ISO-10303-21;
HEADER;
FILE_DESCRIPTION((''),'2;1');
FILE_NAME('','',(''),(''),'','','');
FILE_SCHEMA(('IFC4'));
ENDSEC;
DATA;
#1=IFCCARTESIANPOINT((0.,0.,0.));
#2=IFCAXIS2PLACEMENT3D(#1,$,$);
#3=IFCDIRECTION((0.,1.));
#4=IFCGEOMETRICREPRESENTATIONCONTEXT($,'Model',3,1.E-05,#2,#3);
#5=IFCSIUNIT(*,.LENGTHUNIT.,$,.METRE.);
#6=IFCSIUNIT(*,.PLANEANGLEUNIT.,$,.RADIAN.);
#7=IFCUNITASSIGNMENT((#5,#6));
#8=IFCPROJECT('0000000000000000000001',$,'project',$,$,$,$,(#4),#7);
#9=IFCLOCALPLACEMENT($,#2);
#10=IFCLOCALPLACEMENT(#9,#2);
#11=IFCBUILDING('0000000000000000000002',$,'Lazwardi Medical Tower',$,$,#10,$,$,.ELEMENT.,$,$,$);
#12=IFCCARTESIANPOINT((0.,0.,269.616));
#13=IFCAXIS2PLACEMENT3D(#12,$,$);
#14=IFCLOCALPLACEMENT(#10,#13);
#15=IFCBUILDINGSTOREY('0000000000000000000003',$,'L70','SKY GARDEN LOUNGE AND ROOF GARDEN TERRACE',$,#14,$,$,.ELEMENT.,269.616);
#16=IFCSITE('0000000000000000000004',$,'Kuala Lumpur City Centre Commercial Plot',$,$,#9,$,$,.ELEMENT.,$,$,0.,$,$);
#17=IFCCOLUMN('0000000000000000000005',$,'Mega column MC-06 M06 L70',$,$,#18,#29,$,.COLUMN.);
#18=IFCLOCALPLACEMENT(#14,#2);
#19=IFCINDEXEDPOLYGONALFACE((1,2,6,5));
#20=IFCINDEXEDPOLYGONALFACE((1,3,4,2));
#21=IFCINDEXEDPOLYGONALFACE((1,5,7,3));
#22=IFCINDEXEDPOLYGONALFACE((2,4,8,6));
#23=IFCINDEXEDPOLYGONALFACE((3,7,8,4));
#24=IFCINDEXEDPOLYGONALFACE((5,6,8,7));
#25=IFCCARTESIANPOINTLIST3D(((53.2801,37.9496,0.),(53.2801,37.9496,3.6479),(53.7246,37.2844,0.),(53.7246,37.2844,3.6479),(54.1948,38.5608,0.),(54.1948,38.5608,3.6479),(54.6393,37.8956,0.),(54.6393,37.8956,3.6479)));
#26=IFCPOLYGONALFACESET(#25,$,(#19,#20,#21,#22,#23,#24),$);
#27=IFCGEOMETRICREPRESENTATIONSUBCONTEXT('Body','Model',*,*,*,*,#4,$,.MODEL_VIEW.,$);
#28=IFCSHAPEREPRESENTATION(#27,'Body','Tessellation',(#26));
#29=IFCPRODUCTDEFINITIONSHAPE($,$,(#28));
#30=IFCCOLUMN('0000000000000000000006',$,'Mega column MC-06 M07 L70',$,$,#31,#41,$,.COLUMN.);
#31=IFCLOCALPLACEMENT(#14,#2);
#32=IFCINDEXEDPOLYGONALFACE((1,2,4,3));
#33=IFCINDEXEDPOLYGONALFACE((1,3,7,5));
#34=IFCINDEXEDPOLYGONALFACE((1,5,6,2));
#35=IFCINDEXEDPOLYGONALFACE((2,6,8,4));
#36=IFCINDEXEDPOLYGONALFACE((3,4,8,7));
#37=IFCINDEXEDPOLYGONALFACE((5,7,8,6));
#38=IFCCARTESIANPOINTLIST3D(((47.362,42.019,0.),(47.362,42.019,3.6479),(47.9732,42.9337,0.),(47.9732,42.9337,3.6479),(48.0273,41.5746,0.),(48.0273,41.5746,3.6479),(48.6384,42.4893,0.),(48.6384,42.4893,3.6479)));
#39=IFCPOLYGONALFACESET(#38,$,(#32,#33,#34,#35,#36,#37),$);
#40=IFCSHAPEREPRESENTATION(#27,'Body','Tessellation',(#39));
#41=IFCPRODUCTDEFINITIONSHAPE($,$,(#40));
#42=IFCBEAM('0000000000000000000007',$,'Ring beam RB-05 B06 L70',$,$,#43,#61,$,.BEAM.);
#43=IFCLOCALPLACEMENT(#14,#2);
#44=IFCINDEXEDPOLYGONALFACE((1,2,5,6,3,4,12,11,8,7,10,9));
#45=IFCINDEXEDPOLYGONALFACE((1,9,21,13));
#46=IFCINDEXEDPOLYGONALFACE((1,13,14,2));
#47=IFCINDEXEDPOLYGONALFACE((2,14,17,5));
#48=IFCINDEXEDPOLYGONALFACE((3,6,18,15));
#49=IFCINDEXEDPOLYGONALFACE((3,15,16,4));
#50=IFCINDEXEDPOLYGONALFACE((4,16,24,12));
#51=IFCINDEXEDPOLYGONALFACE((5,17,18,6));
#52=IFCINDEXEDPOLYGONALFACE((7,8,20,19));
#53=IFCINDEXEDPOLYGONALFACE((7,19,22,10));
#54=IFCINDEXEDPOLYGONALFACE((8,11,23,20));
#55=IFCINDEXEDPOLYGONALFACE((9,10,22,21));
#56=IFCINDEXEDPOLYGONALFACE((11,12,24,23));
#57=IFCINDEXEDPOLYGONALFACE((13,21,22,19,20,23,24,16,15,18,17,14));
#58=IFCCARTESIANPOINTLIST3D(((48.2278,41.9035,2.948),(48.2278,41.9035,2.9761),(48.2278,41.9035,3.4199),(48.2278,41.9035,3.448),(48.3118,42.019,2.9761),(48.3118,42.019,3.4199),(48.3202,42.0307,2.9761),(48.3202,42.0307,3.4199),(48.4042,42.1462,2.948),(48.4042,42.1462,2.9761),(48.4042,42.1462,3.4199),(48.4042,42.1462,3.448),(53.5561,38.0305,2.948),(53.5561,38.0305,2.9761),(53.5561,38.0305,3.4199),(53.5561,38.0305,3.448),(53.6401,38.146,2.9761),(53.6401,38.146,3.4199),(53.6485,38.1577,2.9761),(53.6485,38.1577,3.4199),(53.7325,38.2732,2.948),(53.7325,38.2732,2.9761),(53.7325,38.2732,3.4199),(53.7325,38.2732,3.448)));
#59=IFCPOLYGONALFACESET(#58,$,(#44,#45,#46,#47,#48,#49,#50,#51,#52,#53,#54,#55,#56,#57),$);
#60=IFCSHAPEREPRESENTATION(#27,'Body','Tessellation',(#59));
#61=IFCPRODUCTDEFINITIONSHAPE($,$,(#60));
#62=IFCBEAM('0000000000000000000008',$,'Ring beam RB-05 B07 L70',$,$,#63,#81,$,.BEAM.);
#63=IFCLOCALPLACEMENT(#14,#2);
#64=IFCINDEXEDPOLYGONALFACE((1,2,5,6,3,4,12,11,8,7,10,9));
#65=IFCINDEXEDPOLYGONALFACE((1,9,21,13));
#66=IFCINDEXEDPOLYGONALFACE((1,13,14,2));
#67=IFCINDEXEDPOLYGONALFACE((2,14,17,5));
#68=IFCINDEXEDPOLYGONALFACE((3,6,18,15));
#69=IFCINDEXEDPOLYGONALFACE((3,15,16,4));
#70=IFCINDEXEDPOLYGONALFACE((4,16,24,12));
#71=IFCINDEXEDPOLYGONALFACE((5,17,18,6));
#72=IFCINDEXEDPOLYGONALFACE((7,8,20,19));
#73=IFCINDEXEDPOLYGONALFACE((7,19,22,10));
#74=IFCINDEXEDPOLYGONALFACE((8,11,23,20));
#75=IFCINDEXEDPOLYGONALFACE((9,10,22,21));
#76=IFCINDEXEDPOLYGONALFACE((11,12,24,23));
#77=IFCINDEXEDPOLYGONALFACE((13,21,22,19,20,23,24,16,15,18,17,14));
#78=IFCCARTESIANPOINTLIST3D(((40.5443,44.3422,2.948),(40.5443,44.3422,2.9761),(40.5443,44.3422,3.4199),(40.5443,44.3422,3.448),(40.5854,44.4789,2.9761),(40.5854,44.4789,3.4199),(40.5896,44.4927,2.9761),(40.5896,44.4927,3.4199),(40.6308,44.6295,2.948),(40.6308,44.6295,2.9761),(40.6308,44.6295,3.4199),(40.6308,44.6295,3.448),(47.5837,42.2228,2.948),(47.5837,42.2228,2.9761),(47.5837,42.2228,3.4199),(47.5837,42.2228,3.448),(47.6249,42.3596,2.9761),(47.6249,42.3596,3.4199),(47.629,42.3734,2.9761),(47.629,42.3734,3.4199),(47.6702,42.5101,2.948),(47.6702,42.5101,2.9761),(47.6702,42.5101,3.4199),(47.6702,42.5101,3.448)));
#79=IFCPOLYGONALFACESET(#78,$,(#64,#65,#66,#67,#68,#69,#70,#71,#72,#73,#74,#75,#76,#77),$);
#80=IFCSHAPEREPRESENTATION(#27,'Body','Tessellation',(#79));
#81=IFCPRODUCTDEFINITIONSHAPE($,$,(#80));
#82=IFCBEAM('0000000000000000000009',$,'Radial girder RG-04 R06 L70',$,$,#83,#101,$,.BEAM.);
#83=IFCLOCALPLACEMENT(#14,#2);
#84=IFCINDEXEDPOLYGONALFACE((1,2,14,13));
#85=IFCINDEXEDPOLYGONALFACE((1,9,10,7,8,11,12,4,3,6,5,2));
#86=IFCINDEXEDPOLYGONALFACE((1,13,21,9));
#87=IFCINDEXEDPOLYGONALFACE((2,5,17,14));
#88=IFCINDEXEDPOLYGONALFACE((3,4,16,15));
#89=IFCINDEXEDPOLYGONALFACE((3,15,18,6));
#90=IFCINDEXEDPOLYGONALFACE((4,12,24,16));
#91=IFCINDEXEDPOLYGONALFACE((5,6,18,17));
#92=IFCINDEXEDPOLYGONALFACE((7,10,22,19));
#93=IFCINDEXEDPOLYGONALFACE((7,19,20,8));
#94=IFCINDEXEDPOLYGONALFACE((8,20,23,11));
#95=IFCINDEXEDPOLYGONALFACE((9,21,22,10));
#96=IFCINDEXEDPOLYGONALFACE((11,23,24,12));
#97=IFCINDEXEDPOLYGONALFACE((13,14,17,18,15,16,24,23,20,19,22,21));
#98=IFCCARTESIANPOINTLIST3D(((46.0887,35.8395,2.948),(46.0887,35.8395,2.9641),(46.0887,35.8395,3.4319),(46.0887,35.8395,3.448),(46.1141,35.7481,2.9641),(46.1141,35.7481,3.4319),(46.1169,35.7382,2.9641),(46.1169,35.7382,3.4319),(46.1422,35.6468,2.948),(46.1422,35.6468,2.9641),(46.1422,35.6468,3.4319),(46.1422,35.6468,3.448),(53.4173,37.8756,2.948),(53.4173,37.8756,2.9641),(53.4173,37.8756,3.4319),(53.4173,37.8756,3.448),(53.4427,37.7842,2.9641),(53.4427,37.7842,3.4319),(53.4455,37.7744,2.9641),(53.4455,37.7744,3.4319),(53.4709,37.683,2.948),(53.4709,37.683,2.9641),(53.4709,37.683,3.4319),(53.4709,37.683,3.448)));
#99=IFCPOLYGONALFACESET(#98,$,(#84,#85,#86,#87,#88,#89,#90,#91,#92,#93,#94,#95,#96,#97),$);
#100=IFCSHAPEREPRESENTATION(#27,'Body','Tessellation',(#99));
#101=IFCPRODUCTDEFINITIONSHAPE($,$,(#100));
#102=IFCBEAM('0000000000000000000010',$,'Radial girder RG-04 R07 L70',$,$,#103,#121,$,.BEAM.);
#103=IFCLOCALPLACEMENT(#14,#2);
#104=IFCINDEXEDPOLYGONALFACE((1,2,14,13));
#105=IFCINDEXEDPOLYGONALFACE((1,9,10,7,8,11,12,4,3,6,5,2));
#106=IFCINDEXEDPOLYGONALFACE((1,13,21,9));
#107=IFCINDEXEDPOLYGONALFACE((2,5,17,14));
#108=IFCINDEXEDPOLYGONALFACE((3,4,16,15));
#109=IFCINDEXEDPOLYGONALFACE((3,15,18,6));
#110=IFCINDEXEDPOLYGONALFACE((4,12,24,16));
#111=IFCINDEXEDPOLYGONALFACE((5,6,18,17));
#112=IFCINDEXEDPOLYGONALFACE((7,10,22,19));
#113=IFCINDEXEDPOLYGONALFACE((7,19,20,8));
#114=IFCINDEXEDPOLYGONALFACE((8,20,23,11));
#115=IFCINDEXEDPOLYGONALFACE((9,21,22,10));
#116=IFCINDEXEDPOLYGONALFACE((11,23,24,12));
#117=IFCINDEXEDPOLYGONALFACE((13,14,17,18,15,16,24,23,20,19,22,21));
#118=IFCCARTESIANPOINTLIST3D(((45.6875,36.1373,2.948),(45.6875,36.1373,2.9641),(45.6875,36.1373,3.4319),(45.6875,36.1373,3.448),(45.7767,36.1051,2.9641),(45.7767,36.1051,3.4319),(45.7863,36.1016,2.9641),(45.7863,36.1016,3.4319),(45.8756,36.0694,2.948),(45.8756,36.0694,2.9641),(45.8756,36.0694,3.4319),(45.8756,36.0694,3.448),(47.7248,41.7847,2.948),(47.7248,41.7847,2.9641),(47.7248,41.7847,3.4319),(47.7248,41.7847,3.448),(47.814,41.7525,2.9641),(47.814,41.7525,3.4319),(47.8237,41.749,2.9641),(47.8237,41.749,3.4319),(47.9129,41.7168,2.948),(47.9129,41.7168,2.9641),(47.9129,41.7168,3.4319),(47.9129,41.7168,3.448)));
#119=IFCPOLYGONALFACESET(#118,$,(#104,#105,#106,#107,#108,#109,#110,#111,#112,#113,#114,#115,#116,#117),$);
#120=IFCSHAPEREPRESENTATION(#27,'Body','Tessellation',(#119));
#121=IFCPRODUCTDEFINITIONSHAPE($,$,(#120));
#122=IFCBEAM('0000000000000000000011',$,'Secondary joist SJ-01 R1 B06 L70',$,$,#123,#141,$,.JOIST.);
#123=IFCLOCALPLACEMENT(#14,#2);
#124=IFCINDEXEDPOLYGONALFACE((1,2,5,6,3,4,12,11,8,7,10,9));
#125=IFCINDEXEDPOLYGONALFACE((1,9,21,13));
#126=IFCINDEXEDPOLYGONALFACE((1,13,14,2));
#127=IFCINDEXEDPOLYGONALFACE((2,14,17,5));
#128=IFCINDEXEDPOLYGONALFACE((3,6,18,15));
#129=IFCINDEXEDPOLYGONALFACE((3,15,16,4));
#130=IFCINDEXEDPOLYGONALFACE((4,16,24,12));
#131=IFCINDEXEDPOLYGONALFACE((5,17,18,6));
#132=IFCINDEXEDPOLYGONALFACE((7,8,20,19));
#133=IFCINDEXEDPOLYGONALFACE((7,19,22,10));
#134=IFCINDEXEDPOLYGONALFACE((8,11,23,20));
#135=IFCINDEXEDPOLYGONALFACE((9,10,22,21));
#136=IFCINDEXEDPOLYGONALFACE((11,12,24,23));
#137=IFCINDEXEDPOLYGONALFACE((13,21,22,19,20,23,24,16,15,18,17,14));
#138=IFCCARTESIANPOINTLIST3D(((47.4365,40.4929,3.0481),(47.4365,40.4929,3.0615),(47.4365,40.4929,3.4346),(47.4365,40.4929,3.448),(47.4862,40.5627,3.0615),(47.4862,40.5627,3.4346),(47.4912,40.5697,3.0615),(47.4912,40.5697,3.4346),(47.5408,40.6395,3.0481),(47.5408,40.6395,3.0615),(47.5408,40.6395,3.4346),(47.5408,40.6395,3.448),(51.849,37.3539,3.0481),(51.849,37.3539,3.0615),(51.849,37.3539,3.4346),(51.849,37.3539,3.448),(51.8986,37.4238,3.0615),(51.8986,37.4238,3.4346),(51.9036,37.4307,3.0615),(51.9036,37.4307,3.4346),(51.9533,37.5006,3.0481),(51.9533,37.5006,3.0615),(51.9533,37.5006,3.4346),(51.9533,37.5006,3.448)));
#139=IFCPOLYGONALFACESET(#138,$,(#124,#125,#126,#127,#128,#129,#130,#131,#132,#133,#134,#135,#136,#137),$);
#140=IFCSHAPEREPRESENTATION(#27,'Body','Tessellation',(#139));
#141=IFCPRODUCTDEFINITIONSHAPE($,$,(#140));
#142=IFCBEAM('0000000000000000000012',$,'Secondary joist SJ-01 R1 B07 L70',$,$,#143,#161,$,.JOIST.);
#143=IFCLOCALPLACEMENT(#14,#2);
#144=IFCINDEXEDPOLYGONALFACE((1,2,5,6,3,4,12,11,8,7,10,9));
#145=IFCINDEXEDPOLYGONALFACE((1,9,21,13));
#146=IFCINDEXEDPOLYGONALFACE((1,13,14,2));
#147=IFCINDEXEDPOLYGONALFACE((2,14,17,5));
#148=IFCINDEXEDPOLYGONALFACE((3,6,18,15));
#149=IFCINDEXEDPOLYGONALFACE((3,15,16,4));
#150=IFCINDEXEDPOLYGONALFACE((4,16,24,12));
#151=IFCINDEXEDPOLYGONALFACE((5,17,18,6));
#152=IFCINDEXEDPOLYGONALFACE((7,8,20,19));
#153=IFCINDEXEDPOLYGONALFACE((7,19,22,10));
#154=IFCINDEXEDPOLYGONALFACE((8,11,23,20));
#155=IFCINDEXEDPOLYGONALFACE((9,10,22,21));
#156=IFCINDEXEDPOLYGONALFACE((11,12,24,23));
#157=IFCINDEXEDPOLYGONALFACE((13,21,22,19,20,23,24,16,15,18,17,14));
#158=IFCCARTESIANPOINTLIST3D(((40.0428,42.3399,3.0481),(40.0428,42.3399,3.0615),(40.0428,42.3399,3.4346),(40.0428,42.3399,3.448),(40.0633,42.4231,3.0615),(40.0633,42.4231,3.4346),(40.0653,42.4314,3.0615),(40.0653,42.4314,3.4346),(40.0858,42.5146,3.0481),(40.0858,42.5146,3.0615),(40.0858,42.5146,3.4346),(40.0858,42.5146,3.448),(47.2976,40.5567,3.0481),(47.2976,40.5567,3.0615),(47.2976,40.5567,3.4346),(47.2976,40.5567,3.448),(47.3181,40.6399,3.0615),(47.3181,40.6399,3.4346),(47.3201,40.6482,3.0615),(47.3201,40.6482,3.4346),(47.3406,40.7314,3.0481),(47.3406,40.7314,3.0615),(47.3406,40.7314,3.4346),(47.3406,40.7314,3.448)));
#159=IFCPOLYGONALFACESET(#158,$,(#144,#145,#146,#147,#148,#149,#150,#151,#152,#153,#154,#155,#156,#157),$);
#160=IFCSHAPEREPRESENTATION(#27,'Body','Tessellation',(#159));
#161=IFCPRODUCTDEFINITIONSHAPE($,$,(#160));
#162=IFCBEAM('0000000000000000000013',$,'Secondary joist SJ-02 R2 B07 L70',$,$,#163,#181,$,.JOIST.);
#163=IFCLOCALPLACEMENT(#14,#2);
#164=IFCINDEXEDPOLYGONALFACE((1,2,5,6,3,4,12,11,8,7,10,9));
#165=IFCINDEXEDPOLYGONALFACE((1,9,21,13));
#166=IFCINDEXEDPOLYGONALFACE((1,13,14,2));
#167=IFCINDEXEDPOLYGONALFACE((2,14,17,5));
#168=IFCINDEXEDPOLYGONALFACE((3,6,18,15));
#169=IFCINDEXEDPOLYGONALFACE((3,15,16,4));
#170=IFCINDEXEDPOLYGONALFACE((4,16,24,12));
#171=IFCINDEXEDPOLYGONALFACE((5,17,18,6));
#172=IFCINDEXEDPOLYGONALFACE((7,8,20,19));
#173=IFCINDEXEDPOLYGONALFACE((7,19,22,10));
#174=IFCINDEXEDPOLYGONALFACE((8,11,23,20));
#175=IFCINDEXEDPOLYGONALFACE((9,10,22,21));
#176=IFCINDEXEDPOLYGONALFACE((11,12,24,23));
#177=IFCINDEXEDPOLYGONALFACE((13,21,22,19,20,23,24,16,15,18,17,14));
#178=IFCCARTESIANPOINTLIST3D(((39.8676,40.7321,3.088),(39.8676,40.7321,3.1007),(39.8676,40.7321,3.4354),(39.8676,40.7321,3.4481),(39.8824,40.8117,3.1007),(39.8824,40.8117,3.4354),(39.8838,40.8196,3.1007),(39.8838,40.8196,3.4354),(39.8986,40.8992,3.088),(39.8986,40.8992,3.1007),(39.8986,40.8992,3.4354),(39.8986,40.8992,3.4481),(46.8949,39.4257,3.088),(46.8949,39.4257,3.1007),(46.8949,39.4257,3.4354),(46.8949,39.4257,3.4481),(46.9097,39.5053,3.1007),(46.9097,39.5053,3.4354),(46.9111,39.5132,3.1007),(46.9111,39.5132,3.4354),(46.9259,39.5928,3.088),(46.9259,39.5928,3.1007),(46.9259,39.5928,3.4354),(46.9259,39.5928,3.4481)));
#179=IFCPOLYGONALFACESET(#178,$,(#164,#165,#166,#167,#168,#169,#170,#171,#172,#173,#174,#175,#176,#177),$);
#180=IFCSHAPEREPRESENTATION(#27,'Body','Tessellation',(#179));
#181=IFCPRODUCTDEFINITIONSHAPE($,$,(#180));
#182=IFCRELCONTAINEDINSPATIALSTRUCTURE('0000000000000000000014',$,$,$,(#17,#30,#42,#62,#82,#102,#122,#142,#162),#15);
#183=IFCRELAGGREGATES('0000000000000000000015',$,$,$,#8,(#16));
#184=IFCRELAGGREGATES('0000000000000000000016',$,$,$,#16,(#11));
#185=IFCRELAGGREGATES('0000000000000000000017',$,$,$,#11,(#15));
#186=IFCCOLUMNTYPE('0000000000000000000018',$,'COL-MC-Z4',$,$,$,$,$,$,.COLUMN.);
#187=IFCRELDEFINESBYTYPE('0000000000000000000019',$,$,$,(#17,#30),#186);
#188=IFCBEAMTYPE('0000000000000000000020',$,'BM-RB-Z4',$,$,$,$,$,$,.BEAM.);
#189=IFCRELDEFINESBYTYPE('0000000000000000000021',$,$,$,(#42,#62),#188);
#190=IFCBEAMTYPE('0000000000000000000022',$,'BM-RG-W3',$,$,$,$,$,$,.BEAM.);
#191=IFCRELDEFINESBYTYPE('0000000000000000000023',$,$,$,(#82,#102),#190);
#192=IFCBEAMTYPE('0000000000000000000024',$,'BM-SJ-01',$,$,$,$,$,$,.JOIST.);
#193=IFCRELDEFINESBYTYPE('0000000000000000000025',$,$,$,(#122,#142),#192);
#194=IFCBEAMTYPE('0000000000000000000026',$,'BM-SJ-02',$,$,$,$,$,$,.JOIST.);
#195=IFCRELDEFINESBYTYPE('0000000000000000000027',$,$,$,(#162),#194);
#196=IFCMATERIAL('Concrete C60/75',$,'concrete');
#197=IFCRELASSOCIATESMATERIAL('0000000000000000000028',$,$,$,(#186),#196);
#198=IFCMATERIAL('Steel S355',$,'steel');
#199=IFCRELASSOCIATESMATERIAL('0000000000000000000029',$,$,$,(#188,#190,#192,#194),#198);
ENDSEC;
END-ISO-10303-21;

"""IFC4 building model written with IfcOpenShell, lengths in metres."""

from ifc_helpers import new_model, si_unit, direction, frame, origin, origin_2d, place, context, subcontext, project, spatial, rectangle, i_section, extrude, material, material_profile, profile_set, type_object, element, save


model = new_model("IFC4")

# Units and contexts
model_context = context("Model", 3, precision=1e-05, world=origin(), true_north=direction((0.0, 1.0)))
body_context = subcontext(model_context, "Body", "Model", "MODEL_VIEW")
ifc_project = project(units=[si_unit("LENGTHUNIT", "METRE"), si_unit("PLANEANGLEUNIT", "RADIAN")], contexts=[model_context])

# Site, building, storey
site_placement = place(None, origin())
site = spatial("IfcSite", under=ifc_project, at=site_placement, Name="Kuala Lumpur City Centre Commercial Plot", CompositionType="ELEMENT", RefElevation=0.0)
building_placement = place(site_placement, origin())
building = spatial("IfcBuilding", under=site, at=building_placement, Name="Lazwardi Medical Tower", CompositionType="ELEMENT")
storey_placement = place(building_placement, frame((0.0, 0.0, 269.616)))
storey = spatial("IfcBuildingStorey", under=building, at=storey_placement, Name="L70", Description="SKY GARDEN LOUNGE AND ROOF GARDEN TERRACE", CompositionType="ELEMENT", Elevation=269.616)

# Columns
ifc_material_1 = material(Name="Concrete C60/75", Category="concrete")
ifc_material_profile_1 = material_profile(ifc_material_1, rectangle(XDim=1.1001, YDim=0.8, at=origin_2d()), Name="CFT-RECT 1100x800")
ifc_profile_set_1 = profile_set([ifc_material_profile_1], Name="Concrete C60/75")
column_type = type_object("IfcColumnType", Name="COL-MC-Z4", PredefinedType="COLUMN", material=ifc_profile_set_1)
for number, where, z_axis, x_axis, name in (
    (1, (53.9597, 37.9226, 0.0), (0.0, 0.0, 1.0), (0.83147, 0.55557, 0.0), "Mega column MC-06 M06 L70"),
    (2, (48.0002, 42.2542, 0.0), (0.0, 0.0, 1.0), (0.55557, 0.83147, 0.0), "Mega column MC-06 M07 L70"),
):
    element("IfcColumn", number, at=place(storey_placement, frame(where, z_axis=z_axis, x_axis=x_axis)), inside=storey, type_object=column_type, Name=name, PredefinedType="COLUMN", context=body_context, shape_type="SweptSolid", body=[
        extrude(rectangle(XDim=1.1001, YDim=0.8, at=origin_2d()), origin(), (0.0, 0.0, 1.0), 3.6479),
    ])

# Beams
ifc_material_2 = material(Name="Steel S355", Category="steel")
ifc_material_profile_2 = material_profile(ifc_material_2, i_section(OverallWidth=0.3, OverallDepth=0.5, WebThickness=0.0144, FlangeThickness=0.0281, at=origin_2d()), Name="HEB 500")
ifc_profile_set_2 = profile_set([ifc_material_profile_2], Name="Steel S355")
beam_type_1 = type_object("IfcBeamType", Name="BM-RB-Z4", PredefinedType="BEAM", material=ifc_profile_set_2)
beam_1_placement = place(storey_placement, frame((53.6443, 38.1519, 3.198), z_axis=(-0.80889, 0.58796, 0.0), x_axis=(-0.58796, -0.80889, 0.0)))
element("IfcBeam", 3, at=beam_1_placement, inside=storey, type_object=beam_type_1, Name="Ring beam RB-05 B06 L70", PredefinedType="BEAM", context=body_context, shape_type="SweptSolid", body=[
    extrude(i_section(OverallWidth=0.3, OverallDepth=0.5, WebThickness=0.0144, FlangeThickness=0.0281, at=origin_2d()), origin(), (0.0, 0.0, 1.0), 6.5872),
])
beam_2_placement = place(storey_placement, frame((47.627, 42.3665, 3.198), z_axis=(-0.957544, 0.288286, 0.0), x_axis=(-0.288286, -0.957544, 0.0)))
element("IfcBeam", 4, at=beam_2_placement, inside=storey, type_object=beam_type_1, Name="Ring beam RB-05 B07 L70", PredefinedType="BEAM", context=body_context, shape_type="SweptSolid", body=[
    extrude(i_section(OverallWidth=0.3, OverallDepth=0.5, WebThickness=0.0144, FlangeThickness=0.0281, at=origin_2d()), origin(), (0.0, 0.0, 1.0), 7.3516),
])
ifc_material_profile_3 = material_profile(ifc_material_2, i_section(OverallWidth=0.2, OverallDepth=0.5, WebThickness=0.0103, FlangeThickness=0.0161, at=origin_2d()), Name="IPE 500")
ifc_profile_set_3 = profile_set([ifc_material_profile_3], Name="Steel S355")
beam_type_2 = type_object("IfcBeamType", Name="BM-RG-W3", PredefinedType="BEAM", material=ifc_profile_set_3)
beam_3_placement = place(storey_placement, frame((53.4441, 37.7793, 3.198), z_axis=(-0.963504, -0.267694, 0.0), x_axis=(0.267694, -0.963504, 0.0)))
element("IfcBeam", 5, at=beam_3_placement, inside=storey, type_object=beam_type_2, Name="Radial girder RG-04 R06 L70", PredefinedType="BEAM", context=body_context, shape_type="SweptSolid", body=[
    extrude(i_section(OverallWidth=0.2, OverallDepth=0.5, WebThickness=0.0103, FlangeThickness=0.0161, at=origin_2d()), origin(), (0.0, 0.0, 1.0), 7.6062),
])
beam_4_placement = place(storey_placement, frame((47.8188, 41.7507, 3.198), z_axis=(-0.339349, -0.940661, 0.0), x_axis=(0.940661, -0.339349, 0.0)))
element("IfcBeam", 6, at=beam_4_placement, inside=storey, type_object=beam_type_2, Name="Radial girder RG-04 R07 L70", PredefinedType="BEAM", context=body_context, shape_type="SweptSolid", body=[
    extrude(i_section(OverallWidth=0.2, OverallDepth=0.5, WebThickness=0.0103, FlangeThickness=0.0161, at=origin_2d()), origin(), (0.0, 0.0, 1.0), 6.0037),
])
ifc_material_profile_4 = material_profile(ifc_material_2, i_section(OverallWidth=0.1799, OverallDepth=0.3999, WebThickness=0.0085, FlangeThickness=0.0134, at=origin_2d()), Name="IPE 400")
ifc_profile_set_4 = profile_set([ifc_material_profile_4], Name="Steel S355")
beam_type_3 = type_object("IfcBeamType", Name="BM-SJ-01", PredefinedType="JOIST", material=ifc_profile_set_4)
beam_5_placement = place(storey_placement, frame((51.9011, 37.4272, 3.248), z_axis=(-0.814847, 0.579676, 0.0), x_axis=(-0.579676, -0.814847, 0.0)))
element("IfcBeam", 7, at=beam_5_placement, inside=storey, type_object=beam_type_3, Name="Secondary joist SJ-01 R1 B06 L70", PredefinedType="JOIST", context=body_context, shape_type="SweptSolid", body=[
    extrude(i_section(OverallWidth=0.1799, OverallDepth=0.3999, WebThickness=0.0085, FlangeThickness=0.0134, at=origin_2d()), origin(), (0.0, 0.0, 1.0), 5.415),
])
beam_6_placement = place(storey_placement, frame((47.3191, 40.644, 3.248), z_axis=(-0.971096, 0.238689, 0.0), x_axis=(-0.238689, -0.971096, 0.0)))
element("IfcBeam", 8, at=beam_6_placement, inside=storey, type_object=beam_type_3, Name="Secondary joist SJ-01 R1 B07 L70", PredefinedType="JOIST", context=body_context, shape_type="SweptSolid", body=[
    extrude(i_section(OverallWidth=0.1799, OverallDepth=0.3999, WebThickness=0.0085, FlangeThickness=0.0134, at=origin_2d()), origin(), (0.0, 0.0, 1.0), 7.4707),
])
ifc_material_profile_5 = material_profile(ifc_material_2, i_section(OverallWidth=0.1699, OverallDepth=0.3601, WebThickness=0.0081, FlangeThickness=0.0127, at=origin_2d()), Name="IPE 360")
ifc_profile_set_5 = profile_set([ifc_material_profile_5], Name="Steel S355")
beam_type_4 = type_object("IfcBeamType", Name="BM-SJ-02", PredefinedType="JOIST", material=ifc_profile_set_5)
beam_7_placement = place(storey_placement, frame((46.9104, 39.5093, 3.2681), z_axis=(-0.983156, 0.18277, 0.0), x_axis=(-0.18277, -0.983156, 0.0)))
element("IfcBeam", 9, at=beam_7_placement, inside=storey, type_object=beam_type_4, Name="Secondary joist SJ-02 R2 B07 L70", PredefinedType="JOIST", context=body_context, shape_type="SweptSolid", body=[
    extrude(i_section(OverallWidth=0.1699, OverallDepth=0.3601, WebThickness=0.0081, FlangeThickness=0.0127, at=origin_2d()), origin(), (0.0, 0.0, 1.0), 7.1477),
])

save(model, "model.ifc")
